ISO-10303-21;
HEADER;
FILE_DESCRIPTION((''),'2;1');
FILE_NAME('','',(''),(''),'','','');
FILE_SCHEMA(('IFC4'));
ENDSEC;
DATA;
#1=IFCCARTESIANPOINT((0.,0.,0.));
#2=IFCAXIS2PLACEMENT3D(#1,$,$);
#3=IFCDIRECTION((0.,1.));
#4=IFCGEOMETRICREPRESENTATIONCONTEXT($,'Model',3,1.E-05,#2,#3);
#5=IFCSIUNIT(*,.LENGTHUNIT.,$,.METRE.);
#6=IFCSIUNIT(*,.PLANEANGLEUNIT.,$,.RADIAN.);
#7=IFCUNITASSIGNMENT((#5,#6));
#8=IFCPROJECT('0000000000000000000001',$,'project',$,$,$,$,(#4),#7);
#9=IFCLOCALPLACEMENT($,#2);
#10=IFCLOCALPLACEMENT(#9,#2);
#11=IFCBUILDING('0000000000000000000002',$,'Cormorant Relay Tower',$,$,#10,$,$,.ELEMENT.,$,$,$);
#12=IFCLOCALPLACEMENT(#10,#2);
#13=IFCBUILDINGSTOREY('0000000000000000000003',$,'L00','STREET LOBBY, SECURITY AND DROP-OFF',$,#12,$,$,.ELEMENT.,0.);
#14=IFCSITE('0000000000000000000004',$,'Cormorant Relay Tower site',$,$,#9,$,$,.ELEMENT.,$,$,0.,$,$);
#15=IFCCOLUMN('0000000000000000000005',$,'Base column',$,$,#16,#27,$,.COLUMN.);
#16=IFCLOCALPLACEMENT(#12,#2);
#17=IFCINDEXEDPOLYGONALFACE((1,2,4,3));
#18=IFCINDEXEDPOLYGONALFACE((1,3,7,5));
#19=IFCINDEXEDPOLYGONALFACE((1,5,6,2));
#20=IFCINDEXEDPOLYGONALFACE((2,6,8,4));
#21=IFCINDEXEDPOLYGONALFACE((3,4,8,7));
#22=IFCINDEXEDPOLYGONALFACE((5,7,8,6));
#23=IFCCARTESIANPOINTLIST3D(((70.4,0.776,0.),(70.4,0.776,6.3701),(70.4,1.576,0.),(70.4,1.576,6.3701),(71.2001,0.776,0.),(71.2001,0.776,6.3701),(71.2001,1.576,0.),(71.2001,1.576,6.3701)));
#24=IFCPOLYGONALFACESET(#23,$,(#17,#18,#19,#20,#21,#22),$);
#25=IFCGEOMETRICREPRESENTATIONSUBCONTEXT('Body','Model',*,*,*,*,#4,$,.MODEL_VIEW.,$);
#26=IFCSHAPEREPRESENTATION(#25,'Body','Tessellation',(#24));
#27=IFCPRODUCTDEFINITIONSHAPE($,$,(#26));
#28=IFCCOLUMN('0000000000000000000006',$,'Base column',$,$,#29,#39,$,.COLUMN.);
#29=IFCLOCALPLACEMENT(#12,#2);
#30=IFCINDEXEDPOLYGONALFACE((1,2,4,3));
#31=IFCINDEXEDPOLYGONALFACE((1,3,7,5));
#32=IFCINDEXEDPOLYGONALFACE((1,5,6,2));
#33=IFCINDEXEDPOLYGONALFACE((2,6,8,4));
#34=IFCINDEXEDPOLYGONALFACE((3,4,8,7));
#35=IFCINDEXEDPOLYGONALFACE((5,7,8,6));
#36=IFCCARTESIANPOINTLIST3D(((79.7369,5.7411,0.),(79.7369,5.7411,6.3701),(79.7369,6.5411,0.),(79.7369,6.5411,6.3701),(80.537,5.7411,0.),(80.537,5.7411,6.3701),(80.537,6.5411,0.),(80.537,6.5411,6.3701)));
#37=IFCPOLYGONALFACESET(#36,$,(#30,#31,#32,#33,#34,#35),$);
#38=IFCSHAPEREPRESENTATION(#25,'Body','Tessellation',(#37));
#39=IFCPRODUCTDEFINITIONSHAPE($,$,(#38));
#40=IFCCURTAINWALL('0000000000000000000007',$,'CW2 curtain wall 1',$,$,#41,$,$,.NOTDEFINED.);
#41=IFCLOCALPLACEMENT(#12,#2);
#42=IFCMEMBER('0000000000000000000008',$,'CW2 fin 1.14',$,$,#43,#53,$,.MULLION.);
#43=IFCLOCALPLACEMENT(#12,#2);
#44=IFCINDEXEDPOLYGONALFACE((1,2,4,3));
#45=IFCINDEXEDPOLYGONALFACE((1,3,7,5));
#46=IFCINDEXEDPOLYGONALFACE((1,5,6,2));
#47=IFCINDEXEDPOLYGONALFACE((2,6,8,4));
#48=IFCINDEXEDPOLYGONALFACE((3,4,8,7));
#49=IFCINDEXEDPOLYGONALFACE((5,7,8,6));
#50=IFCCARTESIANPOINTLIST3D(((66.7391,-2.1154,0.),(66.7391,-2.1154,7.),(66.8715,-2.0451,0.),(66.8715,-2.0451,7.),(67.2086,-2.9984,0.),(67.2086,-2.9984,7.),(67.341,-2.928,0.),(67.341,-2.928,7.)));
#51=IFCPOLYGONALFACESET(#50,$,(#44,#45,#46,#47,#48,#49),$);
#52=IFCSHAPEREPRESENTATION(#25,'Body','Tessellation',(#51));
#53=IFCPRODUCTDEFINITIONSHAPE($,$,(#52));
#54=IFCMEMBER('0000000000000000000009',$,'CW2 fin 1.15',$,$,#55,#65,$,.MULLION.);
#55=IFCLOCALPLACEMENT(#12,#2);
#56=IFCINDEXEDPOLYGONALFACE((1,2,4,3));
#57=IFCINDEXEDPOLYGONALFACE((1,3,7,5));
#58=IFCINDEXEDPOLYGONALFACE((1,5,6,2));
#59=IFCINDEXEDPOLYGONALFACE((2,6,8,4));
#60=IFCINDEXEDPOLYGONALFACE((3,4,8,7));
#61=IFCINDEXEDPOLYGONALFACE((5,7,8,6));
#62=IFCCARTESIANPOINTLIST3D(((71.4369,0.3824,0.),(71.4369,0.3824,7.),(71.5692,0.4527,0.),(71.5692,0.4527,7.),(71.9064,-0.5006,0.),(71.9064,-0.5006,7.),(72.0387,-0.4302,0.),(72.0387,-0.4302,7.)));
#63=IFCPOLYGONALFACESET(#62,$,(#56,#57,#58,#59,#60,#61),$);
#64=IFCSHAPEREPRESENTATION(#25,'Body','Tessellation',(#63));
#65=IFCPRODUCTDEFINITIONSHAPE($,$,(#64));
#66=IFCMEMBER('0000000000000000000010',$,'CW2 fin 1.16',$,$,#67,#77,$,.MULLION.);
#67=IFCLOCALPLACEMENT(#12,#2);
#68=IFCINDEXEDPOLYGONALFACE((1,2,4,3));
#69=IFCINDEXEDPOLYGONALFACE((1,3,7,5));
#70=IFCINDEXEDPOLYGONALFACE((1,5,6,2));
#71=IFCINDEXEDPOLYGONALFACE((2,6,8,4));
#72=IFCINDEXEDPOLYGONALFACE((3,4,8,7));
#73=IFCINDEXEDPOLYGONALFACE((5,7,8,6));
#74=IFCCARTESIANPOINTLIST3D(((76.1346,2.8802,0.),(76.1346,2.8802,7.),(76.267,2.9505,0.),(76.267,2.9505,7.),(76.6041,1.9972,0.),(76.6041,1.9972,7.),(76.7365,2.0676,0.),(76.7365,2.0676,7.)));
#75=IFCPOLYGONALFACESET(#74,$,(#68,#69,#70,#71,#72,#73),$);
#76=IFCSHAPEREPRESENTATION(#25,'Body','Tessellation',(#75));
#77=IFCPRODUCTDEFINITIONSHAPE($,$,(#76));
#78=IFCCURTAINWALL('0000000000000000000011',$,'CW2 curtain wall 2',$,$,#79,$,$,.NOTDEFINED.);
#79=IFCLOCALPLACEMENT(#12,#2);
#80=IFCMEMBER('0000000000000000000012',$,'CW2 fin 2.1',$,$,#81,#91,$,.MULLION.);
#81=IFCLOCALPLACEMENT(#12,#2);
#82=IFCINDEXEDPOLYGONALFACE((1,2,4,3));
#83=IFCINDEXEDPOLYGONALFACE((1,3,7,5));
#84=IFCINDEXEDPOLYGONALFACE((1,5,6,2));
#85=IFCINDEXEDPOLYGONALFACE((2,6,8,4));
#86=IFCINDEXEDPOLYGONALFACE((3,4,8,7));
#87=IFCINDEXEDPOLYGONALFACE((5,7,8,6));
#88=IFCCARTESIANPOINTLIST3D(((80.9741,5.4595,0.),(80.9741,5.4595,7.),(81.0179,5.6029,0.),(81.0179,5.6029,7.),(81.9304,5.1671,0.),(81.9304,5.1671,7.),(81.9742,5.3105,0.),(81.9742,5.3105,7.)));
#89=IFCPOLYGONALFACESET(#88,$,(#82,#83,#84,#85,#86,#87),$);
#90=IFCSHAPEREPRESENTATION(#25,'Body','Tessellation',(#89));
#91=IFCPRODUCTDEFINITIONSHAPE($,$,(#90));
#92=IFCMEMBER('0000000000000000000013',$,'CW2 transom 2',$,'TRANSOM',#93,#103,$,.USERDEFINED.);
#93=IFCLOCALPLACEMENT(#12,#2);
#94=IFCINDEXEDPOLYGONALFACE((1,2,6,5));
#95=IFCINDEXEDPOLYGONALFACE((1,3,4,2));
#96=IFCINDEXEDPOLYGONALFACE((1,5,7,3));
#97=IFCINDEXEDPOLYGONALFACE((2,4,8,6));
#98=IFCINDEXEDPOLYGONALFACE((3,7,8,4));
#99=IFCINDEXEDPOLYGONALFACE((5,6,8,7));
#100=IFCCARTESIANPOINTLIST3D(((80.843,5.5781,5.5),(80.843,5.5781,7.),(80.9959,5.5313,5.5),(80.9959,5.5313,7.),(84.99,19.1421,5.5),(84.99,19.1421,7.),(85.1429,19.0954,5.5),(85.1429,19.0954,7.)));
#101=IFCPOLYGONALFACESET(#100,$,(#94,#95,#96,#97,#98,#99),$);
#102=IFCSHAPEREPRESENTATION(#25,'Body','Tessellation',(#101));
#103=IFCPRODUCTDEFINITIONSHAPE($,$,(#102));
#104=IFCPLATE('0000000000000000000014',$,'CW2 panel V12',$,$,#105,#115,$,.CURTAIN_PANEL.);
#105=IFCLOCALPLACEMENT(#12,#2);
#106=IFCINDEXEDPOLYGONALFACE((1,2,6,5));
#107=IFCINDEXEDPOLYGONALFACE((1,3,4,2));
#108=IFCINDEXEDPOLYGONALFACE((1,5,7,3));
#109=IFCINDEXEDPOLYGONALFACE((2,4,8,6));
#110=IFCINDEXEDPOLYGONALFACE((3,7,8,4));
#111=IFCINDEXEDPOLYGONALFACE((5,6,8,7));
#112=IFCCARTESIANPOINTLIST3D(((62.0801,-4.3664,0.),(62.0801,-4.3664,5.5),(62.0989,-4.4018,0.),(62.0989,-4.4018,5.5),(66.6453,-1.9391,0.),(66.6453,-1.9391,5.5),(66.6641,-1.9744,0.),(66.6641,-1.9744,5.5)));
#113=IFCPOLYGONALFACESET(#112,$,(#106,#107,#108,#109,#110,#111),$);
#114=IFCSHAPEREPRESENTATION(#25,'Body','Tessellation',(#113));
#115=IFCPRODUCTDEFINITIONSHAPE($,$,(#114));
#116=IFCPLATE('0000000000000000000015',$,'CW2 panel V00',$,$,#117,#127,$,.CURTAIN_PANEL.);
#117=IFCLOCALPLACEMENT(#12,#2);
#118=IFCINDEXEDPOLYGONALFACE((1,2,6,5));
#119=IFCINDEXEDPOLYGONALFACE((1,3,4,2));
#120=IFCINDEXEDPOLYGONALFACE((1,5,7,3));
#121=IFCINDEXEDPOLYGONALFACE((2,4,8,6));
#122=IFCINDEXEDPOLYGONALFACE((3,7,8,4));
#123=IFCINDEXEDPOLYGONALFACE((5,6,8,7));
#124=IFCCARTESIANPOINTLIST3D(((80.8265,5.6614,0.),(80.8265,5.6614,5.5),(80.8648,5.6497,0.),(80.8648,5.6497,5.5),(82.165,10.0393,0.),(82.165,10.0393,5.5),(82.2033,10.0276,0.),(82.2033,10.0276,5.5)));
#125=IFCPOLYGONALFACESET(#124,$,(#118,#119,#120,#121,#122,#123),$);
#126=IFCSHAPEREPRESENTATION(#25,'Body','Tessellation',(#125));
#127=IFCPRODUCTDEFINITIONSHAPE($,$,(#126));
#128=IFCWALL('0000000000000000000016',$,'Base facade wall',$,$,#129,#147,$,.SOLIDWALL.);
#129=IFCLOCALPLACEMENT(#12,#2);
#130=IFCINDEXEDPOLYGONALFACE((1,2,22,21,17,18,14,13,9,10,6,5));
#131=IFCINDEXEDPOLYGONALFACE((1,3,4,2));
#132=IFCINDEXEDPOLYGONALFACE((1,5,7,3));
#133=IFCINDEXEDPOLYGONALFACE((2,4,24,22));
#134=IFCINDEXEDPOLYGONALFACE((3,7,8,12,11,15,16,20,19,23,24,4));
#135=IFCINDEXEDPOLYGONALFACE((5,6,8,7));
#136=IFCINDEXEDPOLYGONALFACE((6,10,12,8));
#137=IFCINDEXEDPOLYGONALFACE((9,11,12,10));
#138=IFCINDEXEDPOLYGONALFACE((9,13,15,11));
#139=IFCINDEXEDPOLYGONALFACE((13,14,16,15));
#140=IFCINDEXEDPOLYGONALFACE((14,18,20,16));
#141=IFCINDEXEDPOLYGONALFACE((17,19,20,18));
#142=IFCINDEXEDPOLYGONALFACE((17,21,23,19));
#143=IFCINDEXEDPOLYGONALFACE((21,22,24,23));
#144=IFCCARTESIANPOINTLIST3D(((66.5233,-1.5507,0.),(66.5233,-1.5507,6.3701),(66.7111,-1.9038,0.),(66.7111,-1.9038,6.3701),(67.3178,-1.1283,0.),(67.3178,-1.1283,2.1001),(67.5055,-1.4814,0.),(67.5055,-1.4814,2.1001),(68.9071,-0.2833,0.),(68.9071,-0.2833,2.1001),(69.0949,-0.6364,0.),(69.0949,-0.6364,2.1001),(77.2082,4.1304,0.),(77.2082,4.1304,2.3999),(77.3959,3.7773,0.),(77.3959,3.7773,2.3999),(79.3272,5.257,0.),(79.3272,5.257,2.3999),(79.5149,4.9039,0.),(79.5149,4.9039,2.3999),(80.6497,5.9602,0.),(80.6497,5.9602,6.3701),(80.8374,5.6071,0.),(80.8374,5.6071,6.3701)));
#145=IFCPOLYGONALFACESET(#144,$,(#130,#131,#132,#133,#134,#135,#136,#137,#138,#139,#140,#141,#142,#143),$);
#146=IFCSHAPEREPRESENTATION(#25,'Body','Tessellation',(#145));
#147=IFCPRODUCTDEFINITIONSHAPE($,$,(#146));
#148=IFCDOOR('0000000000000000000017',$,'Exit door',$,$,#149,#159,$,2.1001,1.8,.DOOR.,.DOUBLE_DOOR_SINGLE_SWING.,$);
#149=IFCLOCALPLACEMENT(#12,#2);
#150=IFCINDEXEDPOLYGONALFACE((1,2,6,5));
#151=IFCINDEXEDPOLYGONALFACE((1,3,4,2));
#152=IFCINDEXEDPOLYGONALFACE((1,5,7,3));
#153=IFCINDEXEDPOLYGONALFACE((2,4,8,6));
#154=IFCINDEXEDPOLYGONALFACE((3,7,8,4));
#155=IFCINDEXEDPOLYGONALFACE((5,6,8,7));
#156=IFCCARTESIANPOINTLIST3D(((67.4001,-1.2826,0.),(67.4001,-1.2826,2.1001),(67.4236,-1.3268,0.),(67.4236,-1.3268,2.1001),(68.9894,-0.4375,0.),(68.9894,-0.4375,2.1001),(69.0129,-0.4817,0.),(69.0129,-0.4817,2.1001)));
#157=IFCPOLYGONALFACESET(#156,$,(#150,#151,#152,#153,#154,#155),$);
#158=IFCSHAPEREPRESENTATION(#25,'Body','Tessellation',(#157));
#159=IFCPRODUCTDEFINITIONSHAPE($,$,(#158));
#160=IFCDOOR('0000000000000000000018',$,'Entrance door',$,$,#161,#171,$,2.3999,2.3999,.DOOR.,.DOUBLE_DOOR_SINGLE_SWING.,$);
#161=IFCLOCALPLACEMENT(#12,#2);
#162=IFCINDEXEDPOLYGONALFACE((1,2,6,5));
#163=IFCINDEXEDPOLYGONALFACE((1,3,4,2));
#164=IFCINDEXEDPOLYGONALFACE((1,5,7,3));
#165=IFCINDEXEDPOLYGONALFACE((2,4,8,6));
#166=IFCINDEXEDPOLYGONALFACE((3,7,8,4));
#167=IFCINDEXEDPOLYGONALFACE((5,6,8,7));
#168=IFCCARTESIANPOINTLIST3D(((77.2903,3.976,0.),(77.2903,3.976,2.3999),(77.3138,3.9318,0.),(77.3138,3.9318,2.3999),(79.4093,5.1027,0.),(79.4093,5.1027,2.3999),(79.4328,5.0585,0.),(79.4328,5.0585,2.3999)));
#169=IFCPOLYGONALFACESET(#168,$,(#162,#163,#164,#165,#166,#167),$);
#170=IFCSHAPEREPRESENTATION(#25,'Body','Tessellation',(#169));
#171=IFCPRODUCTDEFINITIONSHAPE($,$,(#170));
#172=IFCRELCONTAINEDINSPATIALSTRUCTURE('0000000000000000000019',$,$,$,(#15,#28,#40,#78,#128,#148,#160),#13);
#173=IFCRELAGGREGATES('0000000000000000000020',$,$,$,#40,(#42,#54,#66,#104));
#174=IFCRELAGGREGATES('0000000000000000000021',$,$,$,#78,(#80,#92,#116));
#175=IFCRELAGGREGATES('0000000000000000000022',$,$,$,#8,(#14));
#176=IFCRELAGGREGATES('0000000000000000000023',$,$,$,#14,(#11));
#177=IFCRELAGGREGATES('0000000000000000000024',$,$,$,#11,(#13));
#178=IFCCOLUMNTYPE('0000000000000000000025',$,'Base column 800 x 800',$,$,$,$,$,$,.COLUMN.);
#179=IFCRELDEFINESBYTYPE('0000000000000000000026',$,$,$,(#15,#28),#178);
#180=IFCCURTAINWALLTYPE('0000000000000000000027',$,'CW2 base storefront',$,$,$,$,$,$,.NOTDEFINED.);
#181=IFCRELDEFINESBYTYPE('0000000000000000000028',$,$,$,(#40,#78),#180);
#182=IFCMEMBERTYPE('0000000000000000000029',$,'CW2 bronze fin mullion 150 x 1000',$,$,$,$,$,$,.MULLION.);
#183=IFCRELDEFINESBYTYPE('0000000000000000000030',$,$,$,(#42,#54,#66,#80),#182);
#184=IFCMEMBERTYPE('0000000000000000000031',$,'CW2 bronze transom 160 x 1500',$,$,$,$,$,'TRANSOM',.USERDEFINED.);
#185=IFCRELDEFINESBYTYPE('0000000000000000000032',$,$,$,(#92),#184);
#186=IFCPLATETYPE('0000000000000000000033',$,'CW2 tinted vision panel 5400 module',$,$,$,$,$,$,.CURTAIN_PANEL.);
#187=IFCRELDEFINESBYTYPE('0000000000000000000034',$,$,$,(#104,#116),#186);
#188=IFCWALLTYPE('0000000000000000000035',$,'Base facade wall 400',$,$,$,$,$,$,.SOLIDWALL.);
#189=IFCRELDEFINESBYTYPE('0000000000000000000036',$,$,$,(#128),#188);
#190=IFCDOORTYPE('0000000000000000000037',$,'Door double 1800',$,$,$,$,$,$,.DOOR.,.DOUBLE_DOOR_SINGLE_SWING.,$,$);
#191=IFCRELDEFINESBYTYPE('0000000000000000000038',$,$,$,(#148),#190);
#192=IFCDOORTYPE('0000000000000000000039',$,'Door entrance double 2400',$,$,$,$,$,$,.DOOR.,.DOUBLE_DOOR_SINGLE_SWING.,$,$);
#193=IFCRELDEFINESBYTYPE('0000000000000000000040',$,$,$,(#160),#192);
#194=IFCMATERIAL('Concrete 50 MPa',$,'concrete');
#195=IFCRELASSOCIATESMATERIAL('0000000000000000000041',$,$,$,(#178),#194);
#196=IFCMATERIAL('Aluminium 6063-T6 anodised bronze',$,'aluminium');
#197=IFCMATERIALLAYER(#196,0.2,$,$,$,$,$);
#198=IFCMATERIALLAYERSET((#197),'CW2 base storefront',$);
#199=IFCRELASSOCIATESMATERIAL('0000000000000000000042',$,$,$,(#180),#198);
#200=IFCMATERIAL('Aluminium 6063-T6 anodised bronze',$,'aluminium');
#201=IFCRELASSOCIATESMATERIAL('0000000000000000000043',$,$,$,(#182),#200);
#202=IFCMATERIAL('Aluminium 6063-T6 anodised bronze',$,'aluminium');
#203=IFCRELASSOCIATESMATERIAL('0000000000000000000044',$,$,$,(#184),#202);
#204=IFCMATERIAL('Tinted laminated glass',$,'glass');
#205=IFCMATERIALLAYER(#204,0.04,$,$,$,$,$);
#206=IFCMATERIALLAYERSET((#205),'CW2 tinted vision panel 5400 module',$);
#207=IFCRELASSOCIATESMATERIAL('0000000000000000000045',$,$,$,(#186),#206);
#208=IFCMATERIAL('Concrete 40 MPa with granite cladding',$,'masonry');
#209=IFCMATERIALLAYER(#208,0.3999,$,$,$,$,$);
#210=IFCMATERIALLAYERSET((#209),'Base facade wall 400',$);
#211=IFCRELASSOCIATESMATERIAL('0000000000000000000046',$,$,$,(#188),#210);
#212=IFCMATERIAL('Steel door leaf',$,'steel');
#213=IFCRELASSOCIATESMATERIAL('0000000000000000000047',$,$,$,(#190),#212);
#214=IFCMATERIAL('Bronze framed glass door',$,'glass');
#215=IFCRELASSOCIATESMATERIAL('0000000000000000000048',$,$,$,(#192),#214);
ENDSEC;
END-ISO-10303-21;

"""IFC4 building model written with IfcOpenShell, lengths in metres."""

from ifc_helpers import new_model, si_unit, direction, frame, frame_2d, origin, origin_2d, place, context, subcontext, project, spatial, rectangle, extrude, material, layer, layer_set, material_profile, profile_set, type_object, element, fill, aggregate, save


model = new_model("IFC4")

# Units and contexts
model_context = context("Model", 3, precision=1e-05, world=origin(), true_north=direction((0.0, 1.0)))
body_context = subcontext(model_context, "Body", "Model", "MODEL_VIEW")
ifc_project = project(units=[si_unit("LENGTHUNIT", "METRE"), si_unit("PLANEANGLEUNIT", "RADIAN")], contexts=[model_context])

# Site, building, storey
site_placement = place(None, origin())
site = spatial("IfcSite", under=ifc_project, at=site_placement, Name="Cormorant Relay Tower site", CompositionType="ELEMENT", RefElevation=0.0)
building_placement = place(site_placement, origin())
building = spatial("IfcBuilding", under=site, at=building_placement, Name="Cormorant Relay Tower", CompositionType="ELEMENT")
storey_placement = place(building_placement, origin())
storey = spatial("IfcBuildingStorey", under=building, at=storey_placement, Name="L00", Description="STREET LOBBY, SECURITY AND DROP-OFF", CompositionType="ELEMENT", Elevation=0.0)

# Columns
ifc_material_1 = material(Name="Concrete 50 MPa", Category="concrete")
ifc_material_profile_1 = material_profile(ifc_material_1, rectangle(XDim=0.8, YDim=0.8, at=origin_2d()), Name="RC 800x800")
ifc_profile_set_1 = profile_set([ifc_material_profile_1], Name="Concrete 50 MPa")
column_type = type_object("IfcColumnType", Name="Base column 800 x 800", PredefinedType="COLUMN", material=ifc_profile_set_1)
for number, where, z_axis, x_axis, name in (
    (1, (70.8, 1.176, 0.0), (0.0, 0.0, 1.0), (1.0, 0.0, 0.0), "Base column"),
    (2, (80.137, 6.1411, 0.0), (0.0, 0.0, 1.0), (1.0, 0.0, 0.0), "Base column"),
):
    element("IfcColumn", number, at=place(storey_placement, frame(where, z_axis=z_axis, x_axis=x_axis)), inside=storey, type_object=column_type, Name=name, PredefinedType="COLUMN", context=body_context, shape_type="SweptSolid", body=[
        extrude(rectangle(XDim=0.8, YDim=0.8, at=origin_2d()), origin(), (0.0, 0.0, 1.0), 6.3701),
    ])

# Curtain walls, members
ifc_material_2 = material(Name="Aluminium 6063-T6 anodised bronze", Category="aluminium")
ifc_layer_1 = layer(ifc_material_2, 0.2)
ifc_layer_set_1 = layer_set([ifc_layer_1], Name="CW2 base storefront")
curtain_wall_type = type_object("IfcCurtainWallType", Name="CW2 base storefront", PredefinedType="NOTDEFINED", material=ifc_layer_set_1)
curtain_wall_1_placement = place(storey_placement, origin())
curtain_wall_1 = element("IfcCurtainWall", 3, at=curtain_wall_1_placement, inside=storey, type_object=curtain_wall_type, Name="CW2 curtain wall 1", PredefinedType="NOTDEFINED")
ifc_material_3 = material(Name="Aluminium 6063-T6 anodised bronze", Category="aluminium")
ifc_material_profile_2 = material_profile(ifc_material_3, rectangle(XDim=0.1499, YDim=1.0, at=origin_2d()), Name="AL 150x1000")
ifc_profile_set_2 = profile_set([ifc_material_profile_2], Name="Aluminium 6063-T6 anodised bronze")
member_type_1 = type_object("IfcMemberType", Name="CW2 bronze fin mullion 150 x 1000", PredefinedType="MULLION", material=ifc_profile_set_2)
member_1_placement = place(storey_placement, frame((67.04, -2.5217, 0.0), z_axis=(0.0, 0.0, 1.0), x_axis=(0.882948, 0.469472, 0.0)))
member_1 = element("IfcMember", 4, at=member_1_placement, type_object=member_type_1, Name="CW2 fin 1.14", PredefinedType="MULLION", context=body_context, shape_type="SweptSolid", body=[
    extrude(rectangle(XDim=0.1499, YDim=1.0, at=origin_2d()), origin(), (0.0, 0.0, 1.0), 7.0),
])
member_2_placement = place(storey_placement, frame((71.7378, -0.0239, 0.0), z_axis=(0.0, 0.0, 1.0), x_axis=(0.882948, 0.469472, 0.0)))
member_2 = element("IfcMember", 5, at=member_2_placement, type_object=member_type_1, Name="CW2 fin 1.15", PredefinedType="MULLION", context=body_context, shape_type="SweptSolid", body=[
    extrude(rectangle(XDim=0.1499, YDim=1.0, at=origin_2d()), origin(), (0.0, 0.0, 1.0), 7.0),
])
member_3_placement = place(storey_placement, frame((76.4355, 2.4739, 0.0), z_axis=(0.0, 0.0, 1.0), x_axis=(0.882948, 0.469472, 0.0)))
member_3 = element("IfcMember", 6, at=member_3_placement, type_object=member_type_1, Name="CW2 fin 1.16", PredefinedType="MULLION", context=body_context, shape_type="SweptSolid", body=[
    extrude(rectangle(XDim=0.1499, YDim=1.0, at=origin_2d()), origin(), (0.0, 0.0, 1.0), 7.0),
])
curtain_wall_2_placement = place(storey_placement, origin())
curtain_wall_2 = element("IfcCurtainWall", 7, at=curtain_wall_2_placement, inside=storey, type_object=curtain_wall_type, Name="CW2 curtain wall 2", PredefinedType="NOTDEFINED")
member_4_placement = place(storey_placement, frame((81.4741, 5.385, 0.0), z_axis=(0.0, 0.0, 1.0), x_axis=(0.292372, 0.956305, 0.0)))
member_4 = element("IfcMember", 8, at=member_4_placement, type_object=member_type_1, Name="CW2 fin 2.1", PredefinedType="MULLION", context=body_context, shape_type="SweptSolid", body=[
    extrude(rectangle(XDim=0.1499, YDim=1.0, at=origin_2d()), origin(), (0.0, 0.0, 1.0), 7.0),
])
ifc_material_4 = material(Name="Aluminium 6063-T6 anodised bronze", Category="aluminium")
ifc_material_profile_3 = material_profile(ifc_material_4, rectangle(XDim=0.1599, YDim=1.5, at=origin_2d()), Name="AL 160x1500")
ifc_profile_set_3 = profile_set([ifc_material_profile_3], Name="Aluminium 6063-T6 anodised bronze")
member_type_2 = type_object("IfcMemberType", Name="CW2 bronze transom 160 x 1500", ElementType="TRANSOM", PredefinedType="USERDEFINED", material=ifc_profile_set_3)
member_5_placement = place(storey_placement, frame((80.9194, 5.5547, 6.25), z_axis=(0.292375, 0.956304, 0.0), x_axis=(-0.956304, 0.292375, 0.0)))
member_5 = element("IfcMember", 9, at=member_5_placement, type_object=member_type_2, Name="CW2 transom 2", ObjectType="TRANSOM", PredefinedType="USERDEFINED", context=body_context, shape_type="SweptSolid", body=[
    extrude(rectangle(XDim=0.1599, YDim=1.5, at=origin_2d()), origin(), (0.0, 0.0, 1.0), 14.1838),
])

# Plates
ifc_material_5 = material(Name="Tinted laminated glass", Category="glass")
ifc_layer_2 = layer(ifc_material_5, 0.04)
ifc_layer_set_2 = layer_set([ifc_layer_2], Name="CW2 tinted vision panel 5400 module")
plate_type = type_object("IfcPlateType", Name="CW2 tinted vision panel 5400 module", PredefinedType="CURTAIN_PANEL", material=ifc_layer_set_2)
plate_1_placement = place(storey_placement, frame((64.3721, -3.1704, 0.0), z_axis=(0.0, 0.0, 1.0), x_axis=(0.882948, 0.469472, 0.0)))
plate_1 = element("IfcPlate", 10, at=plate_1_placement, type_object=plate_type, Name="CW2 panel V12", PredefinedType="CURTAIN_PANEL", context=body_context, shape_type="SweptSolid", body=[
    extrude(rectangle(XDim=5.1704, YDim=0.04, at=origin_2d()), origin(), (0.0, 0.0, 1.0), 5.5),
])
aggregate(curtain_wall_1, [member_1, member_2, member_3, plate_1])
plate_2_placement = place(storey_placement, frame((81.5149, 7.8445, 0.0), z_axis=(0.0, 0.0, 1.0), x_axis=(0.292372, 0.956305, 0.0)))
plate_2 = element("IfcPlate", 11, at=plate_2_placement, type_object=plate_type, Name="CW2 panel V00", PredefinedType="CURTAIN_PANEL", context=body_context, shape_type="SweptSolid", body=[
    extrude(rectangle(XDim=4.5779, YDim=0.04, at=origin_2d()), origin(), (0.0, 0.0, 1.0), 5.5),
])
aggregate(curtain_wall_2, [member_4, member_5, plate_2])

# Wall, openings, doors
ifc_material_6 = material(Name="Concrete 40 MPa with granite cladding", Category="masonry")
ifc_layer_3 = layer(ifc_material_6, 0.3999)
ifc_layer_set_3 = layer_set([ifc_layer_3], Name="Base facade wall 400")
wall_type_1 = type_object("IfcWallType", Name="Base facade wall 400", PredefinedType="SOLIDWALL", material=ifc_layer_set_3)
wall_1_placement = place(storey_placement, frame((66.6172, -1.7273, 0.0), z_axis=(0.0, 0.0, 1.0), x_axis=(0.882952, 0.469462, 0.0)))
wall_1 = element("IfcWall", 12, at=wall_1_placement, inside=storey, type_object=wall_type_1, Name="Base facade wall", PredefinedType="SOLIDWALL", context=body_context, shape_type="SweptSolid", body=[
    extrude(rectangle(XDim=15.999, YDim=0.3999, at=frame_2d((7.9995, 0.0))), origin(), (0.0, 0.0, 1.0), 6.3701),
])
opening_1_placement = place(wall_1_placement, frame((0.8999, 0.0, 0.0)))
opening_1 = element("IfcOpeningElement", 13, at=opening_1_placement, cuts=wall_1, PredefinedType="OPENING", context=body_context, shape_type="SweptSolid", body=[
    extrude(rectangle(XDim=1.8, YDim=2.1001, at=frame_2d((0.8999, 1.05))), frame((0.0, 0.21, 0.0), z_axis=(0.0, -1.0, 0.0), x_axis=(1.0, 0.0, 0.0)), (0.0, 0.0, 1.0), 0.4199),
])
opening_2_placement = place(wall_1_placement, frame((12.1013, 0.0, 0.0)))
opening_2 = element("IfcOpeningElement", 14, at=opening_2_placement, cuts=wall_1, PredefinedType="OPENING", context=body_context, shape_type="SweptSolid", body=[
    extrude(rectangle(XDim=2.3999, YDim=2.3999, at=frame_2d((1.2, 1.2))), frame((0.0, 0.21, 0.0), z_axis=(0.0, -1.0, 0.0), x_axis=(1.0, 0.0, 0.0)), (0.0, 0.0, 1.0), 0.4199),
])
ifc_material_7 = material(Name="Steel door leaf", Category="steel")
door_type_1 = type_object("IfcDoorType", Name="Door double 1800", OperationType="DOUBLE_DOOR_SINGLE_SWING", PredefinedType="DOOR", material=ifc_material_7)
door_1_placement = place(opening_1_placement, frame((1.8, 0.0, 0.0), z_axis=(0.0, 0.0, 1.0), x_axis=(-1.0, 0.0, 0.0)))
door_1 = element("IfcDoor", 15, at=door_1_placement, inside=storey, type_object=door_type_1, Name="Exit door", OperationType="DOUBLE_DOOR_SINGLE_SWING", OverallHeight=2.1001, OverallWidth=1.8, PredefinedType="DOOR", context=body_context, shape_type="SweptSolid", body=[
    extrude(rectangle(XDim=1.8, YDim=2.1001, at=frame_2d((0.8999, 1.05))), frame((0.0, 0.0249, 0.0), z_axis=(0.0, -1.0, 0.0), x_axis=(1.0, 0.0, 0.0)), (0.0, 0.0, 1.0), 0.05),
])
fill(opening_1, door_1)
ifc_material_8 = material(Name="Bronze framed glass door", Category="glass")
door_type_2 = type_object("IfcDoorType", Name="Door entrance double 2400", OperationType="DOUBLE_DOOR_SINGLE_SWING", PredefinedType="DOOR", material=ifc_material_8)
door_2_placement = place(opening_2_placement, frame((2.3999, 0.0, 0.0), z_axis=(0.0, 0.0, 1.0), x_axis=(-1.0, 0.0, 0.0)))
door_2 = element("IfcDoor", 16, at=door_2_placement, inside=storey, type_object=door_type_2, Name="Entrance door", OperationType="DOUBLE_DOOR_SINGLE_SWING", OverallHeight=2.3999, OverallWidth=2.3999, PredefinedType="DOOR", context=body_context, shape_type="SweptSolid", body=[
    extrude(rectangle(XDim=2.3999, YDim=2.3999, at=frame_2d((1.2, 1.2))), frame((0.0, 0.0249, 0.0), z_axis=(0.0, -1.0, 0.0), x_axis=(1.0, 0.0, 0.0)), (0.0, 0.0, 1.0), 0.05),
])
fill(opening_2, door_2)

save(model, "model.ifc")
